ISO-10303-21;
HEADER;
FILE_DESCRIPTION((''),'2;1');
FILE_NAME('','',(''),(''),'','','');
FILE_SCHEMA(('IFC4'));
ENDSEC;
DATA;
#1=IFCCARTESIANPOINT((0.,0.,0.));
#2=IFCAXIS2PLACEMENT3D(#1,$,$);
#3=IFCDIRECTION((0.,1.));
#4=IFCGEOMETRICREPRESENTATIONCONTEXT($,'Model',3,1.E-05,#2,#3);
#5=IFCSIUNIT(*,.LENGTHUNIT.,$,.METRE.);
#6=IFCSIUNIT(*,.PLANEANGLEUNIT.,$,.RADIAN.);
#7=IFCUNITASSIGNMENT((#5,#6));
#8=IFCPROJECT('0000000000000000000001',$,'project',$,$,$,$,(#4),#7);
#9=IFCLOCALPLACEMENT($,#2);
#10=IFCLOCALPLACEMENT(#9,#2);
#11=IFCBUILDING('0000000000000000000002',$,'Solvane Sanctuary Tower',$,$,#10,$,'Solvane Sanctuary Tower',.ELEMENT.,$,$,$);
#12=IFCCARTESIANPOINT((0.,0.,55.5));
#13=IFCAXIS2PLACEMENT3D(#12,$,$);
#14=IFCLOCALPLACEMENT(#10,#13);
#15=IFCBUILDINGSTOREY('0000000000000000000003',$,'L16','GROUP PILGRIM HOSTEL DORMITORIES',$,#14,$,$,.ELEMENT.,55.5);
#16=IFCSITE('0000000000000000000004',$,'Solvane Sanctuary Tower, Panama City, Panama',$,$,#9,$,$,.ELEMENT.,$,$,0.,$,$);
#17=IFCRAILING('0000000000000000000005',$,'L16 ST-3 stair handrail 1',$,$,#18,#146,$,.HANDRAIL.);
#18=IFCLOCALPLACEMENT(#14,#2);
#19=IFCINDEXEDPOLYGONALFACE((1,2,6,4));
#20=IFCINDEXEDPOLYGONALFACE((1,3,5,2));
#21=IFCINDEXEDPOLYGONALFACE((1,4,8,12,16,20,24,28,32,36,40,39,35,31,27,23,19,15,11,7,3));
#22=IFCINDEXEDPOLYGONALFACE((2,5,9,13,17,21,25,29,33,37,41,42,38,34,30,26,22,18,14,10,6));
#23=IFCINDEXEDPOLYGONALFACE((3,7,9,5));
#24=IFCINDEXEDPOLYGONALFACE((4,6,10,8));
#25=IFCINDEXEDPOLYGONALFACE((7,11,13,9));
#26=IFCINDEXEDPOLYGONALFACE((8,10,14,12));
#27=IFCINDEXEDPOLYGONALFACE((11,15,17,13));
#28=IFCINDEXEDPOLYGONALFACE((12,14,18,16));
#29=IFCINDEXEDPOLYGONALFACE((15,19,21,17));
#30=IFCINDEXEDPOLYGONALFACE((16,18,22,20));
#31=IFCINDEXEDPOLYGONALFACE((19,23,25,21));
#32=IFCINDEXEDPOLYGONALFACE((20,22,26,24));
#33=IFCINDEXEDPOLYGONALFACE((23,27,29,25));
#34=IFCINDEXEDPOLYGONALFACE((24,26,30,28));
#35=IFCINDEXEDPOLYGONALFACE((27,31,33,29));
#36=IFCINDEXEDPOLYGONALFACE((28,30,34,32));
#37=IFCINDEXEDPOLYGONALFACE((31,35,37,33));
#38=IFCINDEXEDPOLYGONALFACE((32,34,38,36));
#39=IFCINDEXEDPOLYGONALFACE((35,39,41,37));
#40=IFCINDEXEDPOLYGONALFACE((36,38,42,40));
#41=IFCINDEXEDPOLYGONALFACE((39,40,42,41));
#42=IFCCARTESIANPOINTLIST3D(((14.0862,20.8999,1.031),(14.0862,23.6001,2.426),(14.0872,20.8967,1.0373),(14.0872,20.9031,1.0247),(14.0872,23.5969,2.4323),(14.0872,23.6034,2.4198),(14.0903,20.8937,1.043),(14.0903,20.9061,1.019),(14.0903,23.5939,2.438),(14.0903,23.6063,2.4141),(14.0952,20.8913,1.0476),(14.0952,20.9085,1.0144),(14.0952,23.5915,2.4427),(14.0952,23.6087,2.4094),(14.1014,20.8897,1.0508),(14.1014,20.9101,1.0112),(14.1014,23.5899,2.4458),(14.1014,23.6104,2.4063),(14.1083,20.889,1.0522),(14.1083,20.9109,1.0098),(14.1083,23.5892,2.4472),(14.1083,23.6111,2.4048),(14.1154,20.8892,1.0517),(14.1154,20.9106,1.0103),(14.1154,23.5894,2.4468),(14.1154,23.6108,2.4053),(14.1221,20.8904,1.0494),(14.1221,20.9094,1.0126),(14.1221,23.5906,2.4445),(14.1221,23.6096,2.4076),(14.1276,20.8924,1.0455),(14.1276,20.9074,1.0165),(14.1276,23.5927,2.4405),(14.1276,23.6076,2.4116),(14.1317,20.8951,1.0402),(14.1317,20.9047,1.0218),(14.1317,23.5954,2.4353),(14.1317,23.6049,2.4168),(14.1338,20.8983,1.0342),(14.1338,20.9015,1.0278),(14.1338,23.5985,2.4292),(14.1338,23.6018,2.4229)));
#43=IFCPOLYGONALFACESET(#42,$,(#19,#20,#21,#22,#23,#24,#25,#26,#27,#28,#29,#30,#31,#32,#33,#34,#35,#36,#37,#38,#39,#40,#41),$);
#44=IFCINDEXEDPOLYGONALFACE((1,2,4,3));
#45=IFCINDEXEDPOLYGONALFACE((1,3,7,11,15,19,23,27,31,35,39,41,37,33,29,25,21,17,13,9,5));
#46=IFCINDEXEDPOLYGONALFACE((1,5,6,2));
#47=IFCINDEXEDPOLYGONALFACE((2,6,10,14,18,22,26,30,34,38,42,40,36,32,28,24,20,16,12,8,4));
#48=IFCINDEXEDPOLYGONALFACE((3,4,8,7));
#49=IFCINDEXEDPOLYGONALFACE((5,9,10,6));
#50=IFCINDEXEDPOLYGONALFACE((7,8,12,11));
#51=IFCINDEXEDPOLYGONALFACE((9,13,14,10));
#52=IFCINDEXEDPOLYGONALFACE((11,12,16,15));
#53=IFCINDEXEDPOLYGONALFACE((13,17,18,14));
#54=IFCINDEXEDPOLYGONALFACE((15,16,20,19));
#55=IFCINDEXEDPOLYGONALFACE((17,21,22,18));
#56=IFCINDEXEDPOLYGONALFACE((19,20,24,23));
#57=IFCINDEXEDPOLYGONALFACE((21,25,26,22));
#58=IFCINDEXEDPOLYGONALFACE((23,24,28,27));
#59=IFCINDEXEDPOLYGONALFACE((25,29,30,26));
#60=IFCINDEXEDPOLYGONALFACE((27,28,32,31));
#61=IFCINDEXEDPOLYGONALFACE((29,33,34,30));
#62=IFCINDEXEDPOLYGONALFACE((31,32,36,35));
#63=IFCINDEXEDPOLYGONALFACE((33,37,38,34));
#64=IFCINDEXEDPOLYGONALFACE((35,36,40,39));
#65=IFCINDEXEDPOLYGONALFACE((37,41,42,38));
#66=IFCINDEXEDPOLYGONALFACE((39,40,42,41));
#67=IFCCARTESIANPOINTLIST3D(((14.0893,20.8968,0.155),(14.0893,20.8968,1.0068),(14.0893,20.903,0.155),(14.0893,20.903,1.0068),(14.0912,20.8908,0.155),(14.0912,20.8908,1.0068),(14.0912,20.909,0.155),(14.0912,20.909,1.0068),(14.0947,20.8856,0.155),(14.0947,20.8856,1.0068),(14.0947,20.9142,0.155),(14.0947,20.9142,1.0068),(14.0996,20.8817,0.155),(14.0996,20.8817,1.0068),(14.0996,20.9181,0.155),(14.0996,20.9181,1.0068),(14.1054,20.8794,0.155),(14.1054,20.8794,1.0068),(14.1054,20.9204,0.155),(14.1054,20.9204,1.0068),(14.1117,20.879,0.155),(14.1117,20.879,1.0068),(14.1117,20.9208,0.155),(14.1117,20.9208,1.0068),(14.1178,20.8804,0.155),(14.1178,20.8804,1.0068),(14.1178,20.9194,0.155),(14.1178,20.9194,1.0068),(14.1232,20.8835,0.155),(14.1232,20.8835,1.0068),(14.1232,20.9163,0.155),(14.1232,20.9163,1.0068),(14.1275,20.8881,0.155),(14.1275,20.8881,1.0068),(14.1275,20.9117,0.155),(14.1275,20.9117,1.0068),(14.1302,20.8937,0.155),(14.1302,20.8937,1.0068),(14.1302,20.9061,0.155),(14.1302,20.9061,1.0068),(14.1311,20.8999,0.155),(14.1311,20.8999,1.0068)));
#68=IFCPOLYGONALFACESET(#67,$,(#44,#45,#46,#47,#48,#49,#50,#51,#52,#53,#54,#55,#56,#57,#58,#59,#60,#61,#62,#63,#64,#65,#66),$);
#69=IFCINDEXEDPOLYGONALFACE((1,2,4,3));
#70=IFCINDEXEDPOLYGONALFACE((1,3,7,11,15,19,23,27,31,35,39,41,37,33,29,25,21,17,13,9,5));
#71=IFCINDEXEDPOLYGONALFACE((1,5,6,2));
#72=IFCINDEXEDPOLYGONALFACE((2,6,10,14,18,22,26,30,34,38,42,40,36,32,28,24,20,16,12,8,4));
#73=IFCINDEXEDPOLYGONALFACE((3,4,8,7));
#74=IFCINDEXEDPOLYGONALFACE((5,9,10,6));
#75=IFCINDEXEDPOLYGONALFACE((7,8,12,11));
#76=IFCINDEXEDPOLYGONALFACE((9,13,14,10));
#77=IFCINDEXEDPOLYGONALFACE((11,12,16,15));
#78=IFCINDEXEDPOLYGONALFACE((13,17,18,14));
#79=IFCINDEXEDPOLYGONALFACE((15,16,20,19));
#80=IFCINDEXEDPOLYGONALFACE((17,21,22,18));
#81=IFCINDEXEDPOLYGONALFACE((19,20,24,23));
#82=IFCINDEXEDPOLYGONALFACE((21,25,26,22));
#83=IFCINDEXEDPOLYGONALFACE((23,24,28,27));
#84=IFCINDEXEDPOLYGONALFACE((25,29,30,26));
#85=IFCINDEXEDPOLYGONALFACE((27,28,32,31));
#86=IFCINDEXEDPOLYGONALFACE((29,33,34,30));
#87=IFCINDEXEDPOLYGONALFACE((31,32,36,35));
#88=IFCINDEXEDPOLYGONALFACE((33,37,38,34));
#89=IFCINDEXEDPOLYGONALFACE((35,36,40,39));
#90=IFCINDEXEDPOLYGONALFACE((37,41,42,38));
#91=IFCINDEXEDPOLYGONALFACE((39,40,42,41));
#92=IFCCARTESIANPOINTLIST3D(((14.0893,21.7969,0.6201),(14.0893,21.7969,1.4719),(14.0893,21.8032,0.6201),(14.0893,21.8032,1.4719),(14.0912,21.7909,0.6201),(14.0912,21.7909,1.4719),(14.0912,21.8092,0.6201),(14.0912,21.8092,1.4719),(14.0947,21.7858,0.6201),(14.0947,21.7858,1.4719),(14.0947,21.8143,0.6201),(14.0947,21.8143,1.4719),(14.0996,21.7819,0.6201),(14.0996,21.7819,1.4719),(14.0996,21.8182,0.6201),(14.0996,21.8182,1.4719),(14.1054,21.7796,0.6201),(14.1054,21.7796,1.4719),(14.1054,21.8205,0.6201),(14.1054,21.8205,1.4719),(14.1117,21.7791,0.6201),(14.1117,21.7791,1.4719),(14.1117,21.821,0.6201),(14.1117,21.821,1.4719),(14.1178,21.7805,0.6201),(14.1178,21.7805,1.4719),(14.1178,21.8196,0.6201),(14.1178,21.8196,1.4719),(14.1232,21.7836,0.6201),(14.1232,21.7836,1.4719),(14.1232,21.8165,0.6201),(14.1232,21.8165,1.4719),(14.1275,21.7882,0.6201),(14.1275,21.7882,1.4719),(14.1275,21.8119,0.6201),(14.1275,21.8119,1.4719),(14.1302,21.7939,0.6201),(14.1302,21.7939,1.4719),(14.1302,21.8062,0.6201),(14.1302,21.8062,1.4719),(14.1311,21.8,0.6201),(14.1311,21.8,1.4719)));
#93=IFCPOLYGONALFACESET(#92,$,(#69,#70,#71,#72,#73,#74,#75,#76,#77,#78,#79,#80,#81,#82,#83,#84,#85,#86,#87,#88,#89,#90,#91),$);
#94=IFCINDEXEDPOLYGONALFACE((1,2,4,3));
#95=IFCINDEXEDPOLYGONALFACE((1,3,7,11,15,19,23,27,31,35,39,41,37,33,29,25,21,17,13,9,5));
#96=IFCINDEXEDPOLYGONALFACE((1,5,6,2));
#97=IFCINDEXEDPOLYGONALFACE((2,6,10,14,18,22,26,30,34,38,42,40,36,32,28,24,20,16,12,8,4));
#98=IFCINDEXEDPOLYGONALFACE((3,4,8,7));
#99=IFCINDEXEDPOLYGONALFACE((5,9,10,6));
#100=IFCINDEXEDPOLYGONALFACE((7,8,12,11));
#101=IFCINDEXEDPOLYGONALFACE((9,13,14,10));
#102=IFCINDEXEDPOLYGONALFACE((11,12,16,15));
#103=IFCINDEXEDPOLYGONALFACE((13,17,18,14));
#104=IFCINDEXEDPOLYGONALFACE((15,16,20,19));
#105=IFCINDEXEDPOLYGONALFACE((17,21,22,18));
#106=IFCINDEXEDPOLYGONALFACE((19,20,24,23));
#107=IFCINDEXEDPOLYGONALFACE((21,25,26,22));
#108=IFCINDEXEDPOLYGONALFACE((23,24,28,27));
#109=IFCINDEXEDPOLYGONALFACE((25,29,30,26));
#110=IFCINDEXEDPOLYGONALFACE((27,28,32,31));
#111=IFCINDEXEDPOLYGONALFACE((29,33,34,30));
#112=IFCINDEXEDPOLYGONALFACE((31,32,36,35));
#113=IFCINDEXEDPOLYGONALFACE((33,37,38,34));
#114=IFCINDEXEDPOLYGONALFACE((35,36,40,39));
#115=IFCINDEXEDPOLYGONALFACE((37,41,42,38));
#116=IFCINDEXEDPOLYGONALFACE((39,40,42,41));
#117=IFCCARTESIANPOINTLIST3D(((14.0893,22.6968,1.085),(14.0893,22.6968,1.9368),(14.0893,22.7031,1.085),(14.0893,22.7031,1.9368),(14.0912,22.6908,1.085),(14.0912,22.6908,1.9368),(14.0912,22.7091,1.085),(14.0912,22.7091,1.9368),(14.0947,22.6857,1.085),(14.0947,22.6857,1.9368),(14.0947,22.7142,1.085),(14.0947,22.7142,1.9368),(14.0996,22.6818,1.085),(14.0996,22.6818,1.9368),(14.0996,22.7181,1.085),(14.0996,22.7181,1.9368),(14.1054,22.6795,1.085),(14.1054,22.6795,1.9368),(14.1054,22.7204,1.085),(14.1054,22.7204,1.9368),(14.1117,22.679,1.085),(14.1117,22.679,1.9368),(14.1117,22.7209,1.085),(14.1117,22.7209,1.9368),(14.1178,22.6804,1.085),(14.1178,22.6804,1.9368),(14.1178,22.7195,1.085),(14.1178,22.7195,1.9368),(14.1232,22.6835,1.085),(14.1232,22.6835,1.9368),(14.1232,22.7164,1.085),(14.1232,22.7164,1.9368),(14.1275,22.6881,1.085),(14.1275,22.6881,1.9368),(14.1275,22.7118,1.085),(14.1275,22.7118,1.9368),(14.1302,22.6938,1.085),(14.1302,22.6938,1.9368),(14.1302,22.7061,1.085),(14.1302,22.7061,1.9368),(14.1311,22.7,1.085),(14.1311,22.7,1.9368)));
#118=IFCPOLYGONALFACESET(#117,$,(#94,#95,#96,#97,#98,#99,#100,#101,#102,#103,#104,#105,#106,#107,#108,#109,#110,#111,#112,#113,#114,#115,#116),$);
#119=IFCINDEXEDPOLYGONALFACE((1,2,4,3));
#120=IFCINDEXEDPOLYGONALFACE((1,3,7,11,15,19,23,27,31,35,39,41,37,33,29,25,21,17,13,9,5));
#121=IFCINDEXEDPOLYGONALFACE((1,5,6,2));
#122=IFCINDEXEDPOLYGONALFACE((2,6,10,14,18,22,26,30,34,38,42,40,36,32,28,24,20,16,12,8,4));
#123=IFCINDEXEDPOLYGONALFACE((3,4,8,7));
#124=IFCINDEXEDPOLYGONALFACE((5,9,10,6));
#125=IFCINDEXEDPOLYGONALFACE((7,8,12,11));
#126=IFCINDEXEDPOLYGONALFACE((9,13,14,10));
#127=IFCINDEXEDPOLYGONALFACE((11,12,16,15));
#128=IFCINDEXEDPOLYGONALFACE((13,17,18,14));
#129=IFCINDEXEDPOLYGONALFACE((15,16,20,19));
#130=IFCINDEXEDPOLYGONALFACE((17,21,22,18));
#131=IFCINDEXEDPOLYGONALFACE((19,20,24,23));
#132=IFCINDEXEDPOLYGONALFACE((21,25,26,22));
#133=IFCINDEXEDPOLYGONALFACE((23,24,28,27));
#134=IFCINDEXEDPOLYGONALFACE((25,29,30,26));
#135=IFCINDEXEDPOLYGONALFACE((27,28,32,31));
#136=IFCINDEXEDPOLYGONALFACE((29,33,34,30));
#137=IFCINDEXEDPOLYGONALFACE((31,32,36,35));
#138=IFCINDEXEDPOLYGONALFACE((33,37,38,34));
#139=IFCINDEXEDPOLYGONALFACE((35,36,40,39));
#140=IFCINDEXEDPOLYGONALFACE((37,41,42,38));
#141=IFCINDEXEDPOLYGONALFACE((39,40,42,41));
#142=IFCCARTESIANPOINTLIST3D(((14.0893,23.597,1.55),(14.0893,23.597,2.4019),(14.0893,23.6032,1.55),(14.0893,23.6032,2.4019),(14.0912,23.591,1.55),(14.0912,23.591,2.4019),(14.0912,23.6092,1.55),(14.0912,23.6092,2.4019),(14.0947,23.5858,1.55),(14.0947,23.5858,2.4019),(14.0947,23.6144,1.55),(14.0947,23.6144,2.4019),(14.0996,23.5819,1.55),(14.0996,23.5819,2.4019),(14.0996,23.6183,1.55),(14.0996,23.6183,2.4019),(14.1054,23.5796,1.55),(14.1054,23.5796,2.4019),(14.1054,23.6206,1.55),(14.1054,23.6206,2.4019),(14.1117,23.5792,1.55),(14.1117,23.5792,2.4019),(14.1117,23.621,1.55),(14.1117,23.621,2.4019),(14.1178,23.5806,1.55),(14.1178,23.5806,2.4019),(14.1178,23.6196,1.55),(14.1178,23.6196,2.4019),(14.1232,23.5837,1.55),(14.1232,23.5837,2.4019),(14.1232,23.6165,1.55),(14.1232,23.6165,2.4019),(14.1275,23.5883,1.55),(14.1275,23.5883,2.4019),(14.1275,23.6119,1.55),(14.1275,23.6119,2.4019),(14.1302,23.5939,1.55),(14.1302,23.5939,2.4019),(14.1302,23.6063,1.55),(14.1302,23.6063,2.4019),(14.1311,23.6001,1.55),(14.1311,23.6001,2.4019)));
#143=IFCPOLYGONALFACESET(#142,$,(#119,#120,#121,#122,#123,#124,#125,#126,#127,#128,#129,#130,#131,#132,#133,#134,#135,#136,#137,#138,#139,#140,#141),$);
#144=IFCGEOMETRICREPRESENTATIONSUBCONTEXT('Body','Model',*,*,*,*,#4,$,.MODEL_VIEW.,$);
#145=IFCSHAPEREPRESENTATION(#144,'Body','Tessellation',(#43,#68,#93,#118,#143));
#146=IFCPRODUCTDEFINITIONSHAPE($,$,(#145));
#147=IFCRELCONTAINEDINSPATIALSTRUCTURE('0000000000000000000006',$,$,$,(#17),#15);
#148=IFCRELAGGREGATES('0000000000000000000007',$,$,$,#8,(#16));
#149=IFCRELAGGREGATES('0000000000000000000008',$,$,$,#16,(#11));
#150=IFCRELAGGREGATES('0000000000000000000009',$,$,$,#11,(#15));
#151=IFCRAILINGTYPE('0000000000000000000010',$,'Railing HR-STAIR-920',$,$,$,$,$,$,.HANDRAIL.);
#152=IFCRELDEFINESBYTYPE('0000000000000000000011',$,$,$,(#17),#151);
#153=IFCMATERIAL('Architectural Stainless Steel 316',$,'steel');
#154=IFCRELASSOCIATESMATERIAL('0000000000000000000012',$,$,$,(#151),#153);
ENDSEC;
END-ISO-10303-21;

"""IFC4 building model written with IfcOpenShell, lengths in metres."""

from ifc_helpers import new_model, si_unit, direction, frame, origin, origin_2d, place, context, subcontext, project, spatial, circle, extrude, material, type_object, element, save


model = new_model("IFC4")

# Units and contexts
model_context = context("Model", 3, precision=1e-05, world=origin(), true_north=direction((0.0, 1.0)))
body_context = subcontext(model_context, "Body", "Model", "MODEL_VIEW")
ifc_project = project(units=[si_unit("LENGTHUNIT", "METRE"), si_unit("PLANEANGLEUNIT", "RADIAN")], contexts=[model_context])

# Site, building, storey
site_placement = place(None, origin())
site = spatial("IfcSite", under=ifc_project, at=site_placement, Name="Solvane Sanctuary Tower, Panama City, Panama", CompositionType="ELEMENT", RefElevation=0.0)
building_placement = place(site_placement, origin())
building = spatial("IfcBuilding", under=site, at=building_placement, Name="Solvane Sanctuary Tower", LongName="Solvane Sanctuary Tower", CompositionType="ELEMENT")
storey_placement = place(building_placement, frame((0.0, 0.0, 55.5)))
storey = spatial("IfcBuildingStorey", under=building, at=storey_placement, Name="L16", Description="GROUP PILGRIM HOSTEL DORMITORIES", CompositionType="ELEMENT", Elevation=55.5)

# Railing
ifc_material_1 = material(Name="Architectural Stainless Steel 316", Category="steel")
railing_type_1 = type_object("IfcRailingType", Name="Railing HR-STAIR-920", PredefinedType="HANDRAIL", material=ifc_material_1)
railing_1_placement = place(storey_placement, frame((14.1101, 20.8999, 0.155)))
element("IfcRailing", 1, at=railing_1_placement, inside=storey, type_object=railing_type_1, Name="L16 ST-3 stair handrail 1", PredefinedType="HANDRAIL", context=body_context, shape_type="SweptSolid", body=[
    extrude(circle(Radius=0.0239, at=origin_2d()), frame((0.0, 0.0, 0.876), z_axis=(0.0, 0.888437, 0.458999), x_axis=(-1.0, 0.0, 0.0)), (0.0, 0.0, 1.0), 3.0393),
    extrude(circle(Radius=0.021, at=origin_2d()), origin(), (0.0, 0.0, 1.0), 0.8518),
    extrude(circle(Radius=0.021, at=origin_2d()), frame((0.0, 0.9001, 0.4651)), (0.0, 0.0, 1.0), 0.8518),
    extrude(circle(Radius=0.021, at=origin_2d()), frame((0.0, 1.8, 0.9299)), (0.0, 0.0, 1.0), 0.8518),
    extrude(circle(Radius=0.021, at=origin_2d()), frame((0.0, 2.7002, 1.395)), (0.0, 0.0, 1.0), 0.8518),
])

save(model, "model.ifc")
